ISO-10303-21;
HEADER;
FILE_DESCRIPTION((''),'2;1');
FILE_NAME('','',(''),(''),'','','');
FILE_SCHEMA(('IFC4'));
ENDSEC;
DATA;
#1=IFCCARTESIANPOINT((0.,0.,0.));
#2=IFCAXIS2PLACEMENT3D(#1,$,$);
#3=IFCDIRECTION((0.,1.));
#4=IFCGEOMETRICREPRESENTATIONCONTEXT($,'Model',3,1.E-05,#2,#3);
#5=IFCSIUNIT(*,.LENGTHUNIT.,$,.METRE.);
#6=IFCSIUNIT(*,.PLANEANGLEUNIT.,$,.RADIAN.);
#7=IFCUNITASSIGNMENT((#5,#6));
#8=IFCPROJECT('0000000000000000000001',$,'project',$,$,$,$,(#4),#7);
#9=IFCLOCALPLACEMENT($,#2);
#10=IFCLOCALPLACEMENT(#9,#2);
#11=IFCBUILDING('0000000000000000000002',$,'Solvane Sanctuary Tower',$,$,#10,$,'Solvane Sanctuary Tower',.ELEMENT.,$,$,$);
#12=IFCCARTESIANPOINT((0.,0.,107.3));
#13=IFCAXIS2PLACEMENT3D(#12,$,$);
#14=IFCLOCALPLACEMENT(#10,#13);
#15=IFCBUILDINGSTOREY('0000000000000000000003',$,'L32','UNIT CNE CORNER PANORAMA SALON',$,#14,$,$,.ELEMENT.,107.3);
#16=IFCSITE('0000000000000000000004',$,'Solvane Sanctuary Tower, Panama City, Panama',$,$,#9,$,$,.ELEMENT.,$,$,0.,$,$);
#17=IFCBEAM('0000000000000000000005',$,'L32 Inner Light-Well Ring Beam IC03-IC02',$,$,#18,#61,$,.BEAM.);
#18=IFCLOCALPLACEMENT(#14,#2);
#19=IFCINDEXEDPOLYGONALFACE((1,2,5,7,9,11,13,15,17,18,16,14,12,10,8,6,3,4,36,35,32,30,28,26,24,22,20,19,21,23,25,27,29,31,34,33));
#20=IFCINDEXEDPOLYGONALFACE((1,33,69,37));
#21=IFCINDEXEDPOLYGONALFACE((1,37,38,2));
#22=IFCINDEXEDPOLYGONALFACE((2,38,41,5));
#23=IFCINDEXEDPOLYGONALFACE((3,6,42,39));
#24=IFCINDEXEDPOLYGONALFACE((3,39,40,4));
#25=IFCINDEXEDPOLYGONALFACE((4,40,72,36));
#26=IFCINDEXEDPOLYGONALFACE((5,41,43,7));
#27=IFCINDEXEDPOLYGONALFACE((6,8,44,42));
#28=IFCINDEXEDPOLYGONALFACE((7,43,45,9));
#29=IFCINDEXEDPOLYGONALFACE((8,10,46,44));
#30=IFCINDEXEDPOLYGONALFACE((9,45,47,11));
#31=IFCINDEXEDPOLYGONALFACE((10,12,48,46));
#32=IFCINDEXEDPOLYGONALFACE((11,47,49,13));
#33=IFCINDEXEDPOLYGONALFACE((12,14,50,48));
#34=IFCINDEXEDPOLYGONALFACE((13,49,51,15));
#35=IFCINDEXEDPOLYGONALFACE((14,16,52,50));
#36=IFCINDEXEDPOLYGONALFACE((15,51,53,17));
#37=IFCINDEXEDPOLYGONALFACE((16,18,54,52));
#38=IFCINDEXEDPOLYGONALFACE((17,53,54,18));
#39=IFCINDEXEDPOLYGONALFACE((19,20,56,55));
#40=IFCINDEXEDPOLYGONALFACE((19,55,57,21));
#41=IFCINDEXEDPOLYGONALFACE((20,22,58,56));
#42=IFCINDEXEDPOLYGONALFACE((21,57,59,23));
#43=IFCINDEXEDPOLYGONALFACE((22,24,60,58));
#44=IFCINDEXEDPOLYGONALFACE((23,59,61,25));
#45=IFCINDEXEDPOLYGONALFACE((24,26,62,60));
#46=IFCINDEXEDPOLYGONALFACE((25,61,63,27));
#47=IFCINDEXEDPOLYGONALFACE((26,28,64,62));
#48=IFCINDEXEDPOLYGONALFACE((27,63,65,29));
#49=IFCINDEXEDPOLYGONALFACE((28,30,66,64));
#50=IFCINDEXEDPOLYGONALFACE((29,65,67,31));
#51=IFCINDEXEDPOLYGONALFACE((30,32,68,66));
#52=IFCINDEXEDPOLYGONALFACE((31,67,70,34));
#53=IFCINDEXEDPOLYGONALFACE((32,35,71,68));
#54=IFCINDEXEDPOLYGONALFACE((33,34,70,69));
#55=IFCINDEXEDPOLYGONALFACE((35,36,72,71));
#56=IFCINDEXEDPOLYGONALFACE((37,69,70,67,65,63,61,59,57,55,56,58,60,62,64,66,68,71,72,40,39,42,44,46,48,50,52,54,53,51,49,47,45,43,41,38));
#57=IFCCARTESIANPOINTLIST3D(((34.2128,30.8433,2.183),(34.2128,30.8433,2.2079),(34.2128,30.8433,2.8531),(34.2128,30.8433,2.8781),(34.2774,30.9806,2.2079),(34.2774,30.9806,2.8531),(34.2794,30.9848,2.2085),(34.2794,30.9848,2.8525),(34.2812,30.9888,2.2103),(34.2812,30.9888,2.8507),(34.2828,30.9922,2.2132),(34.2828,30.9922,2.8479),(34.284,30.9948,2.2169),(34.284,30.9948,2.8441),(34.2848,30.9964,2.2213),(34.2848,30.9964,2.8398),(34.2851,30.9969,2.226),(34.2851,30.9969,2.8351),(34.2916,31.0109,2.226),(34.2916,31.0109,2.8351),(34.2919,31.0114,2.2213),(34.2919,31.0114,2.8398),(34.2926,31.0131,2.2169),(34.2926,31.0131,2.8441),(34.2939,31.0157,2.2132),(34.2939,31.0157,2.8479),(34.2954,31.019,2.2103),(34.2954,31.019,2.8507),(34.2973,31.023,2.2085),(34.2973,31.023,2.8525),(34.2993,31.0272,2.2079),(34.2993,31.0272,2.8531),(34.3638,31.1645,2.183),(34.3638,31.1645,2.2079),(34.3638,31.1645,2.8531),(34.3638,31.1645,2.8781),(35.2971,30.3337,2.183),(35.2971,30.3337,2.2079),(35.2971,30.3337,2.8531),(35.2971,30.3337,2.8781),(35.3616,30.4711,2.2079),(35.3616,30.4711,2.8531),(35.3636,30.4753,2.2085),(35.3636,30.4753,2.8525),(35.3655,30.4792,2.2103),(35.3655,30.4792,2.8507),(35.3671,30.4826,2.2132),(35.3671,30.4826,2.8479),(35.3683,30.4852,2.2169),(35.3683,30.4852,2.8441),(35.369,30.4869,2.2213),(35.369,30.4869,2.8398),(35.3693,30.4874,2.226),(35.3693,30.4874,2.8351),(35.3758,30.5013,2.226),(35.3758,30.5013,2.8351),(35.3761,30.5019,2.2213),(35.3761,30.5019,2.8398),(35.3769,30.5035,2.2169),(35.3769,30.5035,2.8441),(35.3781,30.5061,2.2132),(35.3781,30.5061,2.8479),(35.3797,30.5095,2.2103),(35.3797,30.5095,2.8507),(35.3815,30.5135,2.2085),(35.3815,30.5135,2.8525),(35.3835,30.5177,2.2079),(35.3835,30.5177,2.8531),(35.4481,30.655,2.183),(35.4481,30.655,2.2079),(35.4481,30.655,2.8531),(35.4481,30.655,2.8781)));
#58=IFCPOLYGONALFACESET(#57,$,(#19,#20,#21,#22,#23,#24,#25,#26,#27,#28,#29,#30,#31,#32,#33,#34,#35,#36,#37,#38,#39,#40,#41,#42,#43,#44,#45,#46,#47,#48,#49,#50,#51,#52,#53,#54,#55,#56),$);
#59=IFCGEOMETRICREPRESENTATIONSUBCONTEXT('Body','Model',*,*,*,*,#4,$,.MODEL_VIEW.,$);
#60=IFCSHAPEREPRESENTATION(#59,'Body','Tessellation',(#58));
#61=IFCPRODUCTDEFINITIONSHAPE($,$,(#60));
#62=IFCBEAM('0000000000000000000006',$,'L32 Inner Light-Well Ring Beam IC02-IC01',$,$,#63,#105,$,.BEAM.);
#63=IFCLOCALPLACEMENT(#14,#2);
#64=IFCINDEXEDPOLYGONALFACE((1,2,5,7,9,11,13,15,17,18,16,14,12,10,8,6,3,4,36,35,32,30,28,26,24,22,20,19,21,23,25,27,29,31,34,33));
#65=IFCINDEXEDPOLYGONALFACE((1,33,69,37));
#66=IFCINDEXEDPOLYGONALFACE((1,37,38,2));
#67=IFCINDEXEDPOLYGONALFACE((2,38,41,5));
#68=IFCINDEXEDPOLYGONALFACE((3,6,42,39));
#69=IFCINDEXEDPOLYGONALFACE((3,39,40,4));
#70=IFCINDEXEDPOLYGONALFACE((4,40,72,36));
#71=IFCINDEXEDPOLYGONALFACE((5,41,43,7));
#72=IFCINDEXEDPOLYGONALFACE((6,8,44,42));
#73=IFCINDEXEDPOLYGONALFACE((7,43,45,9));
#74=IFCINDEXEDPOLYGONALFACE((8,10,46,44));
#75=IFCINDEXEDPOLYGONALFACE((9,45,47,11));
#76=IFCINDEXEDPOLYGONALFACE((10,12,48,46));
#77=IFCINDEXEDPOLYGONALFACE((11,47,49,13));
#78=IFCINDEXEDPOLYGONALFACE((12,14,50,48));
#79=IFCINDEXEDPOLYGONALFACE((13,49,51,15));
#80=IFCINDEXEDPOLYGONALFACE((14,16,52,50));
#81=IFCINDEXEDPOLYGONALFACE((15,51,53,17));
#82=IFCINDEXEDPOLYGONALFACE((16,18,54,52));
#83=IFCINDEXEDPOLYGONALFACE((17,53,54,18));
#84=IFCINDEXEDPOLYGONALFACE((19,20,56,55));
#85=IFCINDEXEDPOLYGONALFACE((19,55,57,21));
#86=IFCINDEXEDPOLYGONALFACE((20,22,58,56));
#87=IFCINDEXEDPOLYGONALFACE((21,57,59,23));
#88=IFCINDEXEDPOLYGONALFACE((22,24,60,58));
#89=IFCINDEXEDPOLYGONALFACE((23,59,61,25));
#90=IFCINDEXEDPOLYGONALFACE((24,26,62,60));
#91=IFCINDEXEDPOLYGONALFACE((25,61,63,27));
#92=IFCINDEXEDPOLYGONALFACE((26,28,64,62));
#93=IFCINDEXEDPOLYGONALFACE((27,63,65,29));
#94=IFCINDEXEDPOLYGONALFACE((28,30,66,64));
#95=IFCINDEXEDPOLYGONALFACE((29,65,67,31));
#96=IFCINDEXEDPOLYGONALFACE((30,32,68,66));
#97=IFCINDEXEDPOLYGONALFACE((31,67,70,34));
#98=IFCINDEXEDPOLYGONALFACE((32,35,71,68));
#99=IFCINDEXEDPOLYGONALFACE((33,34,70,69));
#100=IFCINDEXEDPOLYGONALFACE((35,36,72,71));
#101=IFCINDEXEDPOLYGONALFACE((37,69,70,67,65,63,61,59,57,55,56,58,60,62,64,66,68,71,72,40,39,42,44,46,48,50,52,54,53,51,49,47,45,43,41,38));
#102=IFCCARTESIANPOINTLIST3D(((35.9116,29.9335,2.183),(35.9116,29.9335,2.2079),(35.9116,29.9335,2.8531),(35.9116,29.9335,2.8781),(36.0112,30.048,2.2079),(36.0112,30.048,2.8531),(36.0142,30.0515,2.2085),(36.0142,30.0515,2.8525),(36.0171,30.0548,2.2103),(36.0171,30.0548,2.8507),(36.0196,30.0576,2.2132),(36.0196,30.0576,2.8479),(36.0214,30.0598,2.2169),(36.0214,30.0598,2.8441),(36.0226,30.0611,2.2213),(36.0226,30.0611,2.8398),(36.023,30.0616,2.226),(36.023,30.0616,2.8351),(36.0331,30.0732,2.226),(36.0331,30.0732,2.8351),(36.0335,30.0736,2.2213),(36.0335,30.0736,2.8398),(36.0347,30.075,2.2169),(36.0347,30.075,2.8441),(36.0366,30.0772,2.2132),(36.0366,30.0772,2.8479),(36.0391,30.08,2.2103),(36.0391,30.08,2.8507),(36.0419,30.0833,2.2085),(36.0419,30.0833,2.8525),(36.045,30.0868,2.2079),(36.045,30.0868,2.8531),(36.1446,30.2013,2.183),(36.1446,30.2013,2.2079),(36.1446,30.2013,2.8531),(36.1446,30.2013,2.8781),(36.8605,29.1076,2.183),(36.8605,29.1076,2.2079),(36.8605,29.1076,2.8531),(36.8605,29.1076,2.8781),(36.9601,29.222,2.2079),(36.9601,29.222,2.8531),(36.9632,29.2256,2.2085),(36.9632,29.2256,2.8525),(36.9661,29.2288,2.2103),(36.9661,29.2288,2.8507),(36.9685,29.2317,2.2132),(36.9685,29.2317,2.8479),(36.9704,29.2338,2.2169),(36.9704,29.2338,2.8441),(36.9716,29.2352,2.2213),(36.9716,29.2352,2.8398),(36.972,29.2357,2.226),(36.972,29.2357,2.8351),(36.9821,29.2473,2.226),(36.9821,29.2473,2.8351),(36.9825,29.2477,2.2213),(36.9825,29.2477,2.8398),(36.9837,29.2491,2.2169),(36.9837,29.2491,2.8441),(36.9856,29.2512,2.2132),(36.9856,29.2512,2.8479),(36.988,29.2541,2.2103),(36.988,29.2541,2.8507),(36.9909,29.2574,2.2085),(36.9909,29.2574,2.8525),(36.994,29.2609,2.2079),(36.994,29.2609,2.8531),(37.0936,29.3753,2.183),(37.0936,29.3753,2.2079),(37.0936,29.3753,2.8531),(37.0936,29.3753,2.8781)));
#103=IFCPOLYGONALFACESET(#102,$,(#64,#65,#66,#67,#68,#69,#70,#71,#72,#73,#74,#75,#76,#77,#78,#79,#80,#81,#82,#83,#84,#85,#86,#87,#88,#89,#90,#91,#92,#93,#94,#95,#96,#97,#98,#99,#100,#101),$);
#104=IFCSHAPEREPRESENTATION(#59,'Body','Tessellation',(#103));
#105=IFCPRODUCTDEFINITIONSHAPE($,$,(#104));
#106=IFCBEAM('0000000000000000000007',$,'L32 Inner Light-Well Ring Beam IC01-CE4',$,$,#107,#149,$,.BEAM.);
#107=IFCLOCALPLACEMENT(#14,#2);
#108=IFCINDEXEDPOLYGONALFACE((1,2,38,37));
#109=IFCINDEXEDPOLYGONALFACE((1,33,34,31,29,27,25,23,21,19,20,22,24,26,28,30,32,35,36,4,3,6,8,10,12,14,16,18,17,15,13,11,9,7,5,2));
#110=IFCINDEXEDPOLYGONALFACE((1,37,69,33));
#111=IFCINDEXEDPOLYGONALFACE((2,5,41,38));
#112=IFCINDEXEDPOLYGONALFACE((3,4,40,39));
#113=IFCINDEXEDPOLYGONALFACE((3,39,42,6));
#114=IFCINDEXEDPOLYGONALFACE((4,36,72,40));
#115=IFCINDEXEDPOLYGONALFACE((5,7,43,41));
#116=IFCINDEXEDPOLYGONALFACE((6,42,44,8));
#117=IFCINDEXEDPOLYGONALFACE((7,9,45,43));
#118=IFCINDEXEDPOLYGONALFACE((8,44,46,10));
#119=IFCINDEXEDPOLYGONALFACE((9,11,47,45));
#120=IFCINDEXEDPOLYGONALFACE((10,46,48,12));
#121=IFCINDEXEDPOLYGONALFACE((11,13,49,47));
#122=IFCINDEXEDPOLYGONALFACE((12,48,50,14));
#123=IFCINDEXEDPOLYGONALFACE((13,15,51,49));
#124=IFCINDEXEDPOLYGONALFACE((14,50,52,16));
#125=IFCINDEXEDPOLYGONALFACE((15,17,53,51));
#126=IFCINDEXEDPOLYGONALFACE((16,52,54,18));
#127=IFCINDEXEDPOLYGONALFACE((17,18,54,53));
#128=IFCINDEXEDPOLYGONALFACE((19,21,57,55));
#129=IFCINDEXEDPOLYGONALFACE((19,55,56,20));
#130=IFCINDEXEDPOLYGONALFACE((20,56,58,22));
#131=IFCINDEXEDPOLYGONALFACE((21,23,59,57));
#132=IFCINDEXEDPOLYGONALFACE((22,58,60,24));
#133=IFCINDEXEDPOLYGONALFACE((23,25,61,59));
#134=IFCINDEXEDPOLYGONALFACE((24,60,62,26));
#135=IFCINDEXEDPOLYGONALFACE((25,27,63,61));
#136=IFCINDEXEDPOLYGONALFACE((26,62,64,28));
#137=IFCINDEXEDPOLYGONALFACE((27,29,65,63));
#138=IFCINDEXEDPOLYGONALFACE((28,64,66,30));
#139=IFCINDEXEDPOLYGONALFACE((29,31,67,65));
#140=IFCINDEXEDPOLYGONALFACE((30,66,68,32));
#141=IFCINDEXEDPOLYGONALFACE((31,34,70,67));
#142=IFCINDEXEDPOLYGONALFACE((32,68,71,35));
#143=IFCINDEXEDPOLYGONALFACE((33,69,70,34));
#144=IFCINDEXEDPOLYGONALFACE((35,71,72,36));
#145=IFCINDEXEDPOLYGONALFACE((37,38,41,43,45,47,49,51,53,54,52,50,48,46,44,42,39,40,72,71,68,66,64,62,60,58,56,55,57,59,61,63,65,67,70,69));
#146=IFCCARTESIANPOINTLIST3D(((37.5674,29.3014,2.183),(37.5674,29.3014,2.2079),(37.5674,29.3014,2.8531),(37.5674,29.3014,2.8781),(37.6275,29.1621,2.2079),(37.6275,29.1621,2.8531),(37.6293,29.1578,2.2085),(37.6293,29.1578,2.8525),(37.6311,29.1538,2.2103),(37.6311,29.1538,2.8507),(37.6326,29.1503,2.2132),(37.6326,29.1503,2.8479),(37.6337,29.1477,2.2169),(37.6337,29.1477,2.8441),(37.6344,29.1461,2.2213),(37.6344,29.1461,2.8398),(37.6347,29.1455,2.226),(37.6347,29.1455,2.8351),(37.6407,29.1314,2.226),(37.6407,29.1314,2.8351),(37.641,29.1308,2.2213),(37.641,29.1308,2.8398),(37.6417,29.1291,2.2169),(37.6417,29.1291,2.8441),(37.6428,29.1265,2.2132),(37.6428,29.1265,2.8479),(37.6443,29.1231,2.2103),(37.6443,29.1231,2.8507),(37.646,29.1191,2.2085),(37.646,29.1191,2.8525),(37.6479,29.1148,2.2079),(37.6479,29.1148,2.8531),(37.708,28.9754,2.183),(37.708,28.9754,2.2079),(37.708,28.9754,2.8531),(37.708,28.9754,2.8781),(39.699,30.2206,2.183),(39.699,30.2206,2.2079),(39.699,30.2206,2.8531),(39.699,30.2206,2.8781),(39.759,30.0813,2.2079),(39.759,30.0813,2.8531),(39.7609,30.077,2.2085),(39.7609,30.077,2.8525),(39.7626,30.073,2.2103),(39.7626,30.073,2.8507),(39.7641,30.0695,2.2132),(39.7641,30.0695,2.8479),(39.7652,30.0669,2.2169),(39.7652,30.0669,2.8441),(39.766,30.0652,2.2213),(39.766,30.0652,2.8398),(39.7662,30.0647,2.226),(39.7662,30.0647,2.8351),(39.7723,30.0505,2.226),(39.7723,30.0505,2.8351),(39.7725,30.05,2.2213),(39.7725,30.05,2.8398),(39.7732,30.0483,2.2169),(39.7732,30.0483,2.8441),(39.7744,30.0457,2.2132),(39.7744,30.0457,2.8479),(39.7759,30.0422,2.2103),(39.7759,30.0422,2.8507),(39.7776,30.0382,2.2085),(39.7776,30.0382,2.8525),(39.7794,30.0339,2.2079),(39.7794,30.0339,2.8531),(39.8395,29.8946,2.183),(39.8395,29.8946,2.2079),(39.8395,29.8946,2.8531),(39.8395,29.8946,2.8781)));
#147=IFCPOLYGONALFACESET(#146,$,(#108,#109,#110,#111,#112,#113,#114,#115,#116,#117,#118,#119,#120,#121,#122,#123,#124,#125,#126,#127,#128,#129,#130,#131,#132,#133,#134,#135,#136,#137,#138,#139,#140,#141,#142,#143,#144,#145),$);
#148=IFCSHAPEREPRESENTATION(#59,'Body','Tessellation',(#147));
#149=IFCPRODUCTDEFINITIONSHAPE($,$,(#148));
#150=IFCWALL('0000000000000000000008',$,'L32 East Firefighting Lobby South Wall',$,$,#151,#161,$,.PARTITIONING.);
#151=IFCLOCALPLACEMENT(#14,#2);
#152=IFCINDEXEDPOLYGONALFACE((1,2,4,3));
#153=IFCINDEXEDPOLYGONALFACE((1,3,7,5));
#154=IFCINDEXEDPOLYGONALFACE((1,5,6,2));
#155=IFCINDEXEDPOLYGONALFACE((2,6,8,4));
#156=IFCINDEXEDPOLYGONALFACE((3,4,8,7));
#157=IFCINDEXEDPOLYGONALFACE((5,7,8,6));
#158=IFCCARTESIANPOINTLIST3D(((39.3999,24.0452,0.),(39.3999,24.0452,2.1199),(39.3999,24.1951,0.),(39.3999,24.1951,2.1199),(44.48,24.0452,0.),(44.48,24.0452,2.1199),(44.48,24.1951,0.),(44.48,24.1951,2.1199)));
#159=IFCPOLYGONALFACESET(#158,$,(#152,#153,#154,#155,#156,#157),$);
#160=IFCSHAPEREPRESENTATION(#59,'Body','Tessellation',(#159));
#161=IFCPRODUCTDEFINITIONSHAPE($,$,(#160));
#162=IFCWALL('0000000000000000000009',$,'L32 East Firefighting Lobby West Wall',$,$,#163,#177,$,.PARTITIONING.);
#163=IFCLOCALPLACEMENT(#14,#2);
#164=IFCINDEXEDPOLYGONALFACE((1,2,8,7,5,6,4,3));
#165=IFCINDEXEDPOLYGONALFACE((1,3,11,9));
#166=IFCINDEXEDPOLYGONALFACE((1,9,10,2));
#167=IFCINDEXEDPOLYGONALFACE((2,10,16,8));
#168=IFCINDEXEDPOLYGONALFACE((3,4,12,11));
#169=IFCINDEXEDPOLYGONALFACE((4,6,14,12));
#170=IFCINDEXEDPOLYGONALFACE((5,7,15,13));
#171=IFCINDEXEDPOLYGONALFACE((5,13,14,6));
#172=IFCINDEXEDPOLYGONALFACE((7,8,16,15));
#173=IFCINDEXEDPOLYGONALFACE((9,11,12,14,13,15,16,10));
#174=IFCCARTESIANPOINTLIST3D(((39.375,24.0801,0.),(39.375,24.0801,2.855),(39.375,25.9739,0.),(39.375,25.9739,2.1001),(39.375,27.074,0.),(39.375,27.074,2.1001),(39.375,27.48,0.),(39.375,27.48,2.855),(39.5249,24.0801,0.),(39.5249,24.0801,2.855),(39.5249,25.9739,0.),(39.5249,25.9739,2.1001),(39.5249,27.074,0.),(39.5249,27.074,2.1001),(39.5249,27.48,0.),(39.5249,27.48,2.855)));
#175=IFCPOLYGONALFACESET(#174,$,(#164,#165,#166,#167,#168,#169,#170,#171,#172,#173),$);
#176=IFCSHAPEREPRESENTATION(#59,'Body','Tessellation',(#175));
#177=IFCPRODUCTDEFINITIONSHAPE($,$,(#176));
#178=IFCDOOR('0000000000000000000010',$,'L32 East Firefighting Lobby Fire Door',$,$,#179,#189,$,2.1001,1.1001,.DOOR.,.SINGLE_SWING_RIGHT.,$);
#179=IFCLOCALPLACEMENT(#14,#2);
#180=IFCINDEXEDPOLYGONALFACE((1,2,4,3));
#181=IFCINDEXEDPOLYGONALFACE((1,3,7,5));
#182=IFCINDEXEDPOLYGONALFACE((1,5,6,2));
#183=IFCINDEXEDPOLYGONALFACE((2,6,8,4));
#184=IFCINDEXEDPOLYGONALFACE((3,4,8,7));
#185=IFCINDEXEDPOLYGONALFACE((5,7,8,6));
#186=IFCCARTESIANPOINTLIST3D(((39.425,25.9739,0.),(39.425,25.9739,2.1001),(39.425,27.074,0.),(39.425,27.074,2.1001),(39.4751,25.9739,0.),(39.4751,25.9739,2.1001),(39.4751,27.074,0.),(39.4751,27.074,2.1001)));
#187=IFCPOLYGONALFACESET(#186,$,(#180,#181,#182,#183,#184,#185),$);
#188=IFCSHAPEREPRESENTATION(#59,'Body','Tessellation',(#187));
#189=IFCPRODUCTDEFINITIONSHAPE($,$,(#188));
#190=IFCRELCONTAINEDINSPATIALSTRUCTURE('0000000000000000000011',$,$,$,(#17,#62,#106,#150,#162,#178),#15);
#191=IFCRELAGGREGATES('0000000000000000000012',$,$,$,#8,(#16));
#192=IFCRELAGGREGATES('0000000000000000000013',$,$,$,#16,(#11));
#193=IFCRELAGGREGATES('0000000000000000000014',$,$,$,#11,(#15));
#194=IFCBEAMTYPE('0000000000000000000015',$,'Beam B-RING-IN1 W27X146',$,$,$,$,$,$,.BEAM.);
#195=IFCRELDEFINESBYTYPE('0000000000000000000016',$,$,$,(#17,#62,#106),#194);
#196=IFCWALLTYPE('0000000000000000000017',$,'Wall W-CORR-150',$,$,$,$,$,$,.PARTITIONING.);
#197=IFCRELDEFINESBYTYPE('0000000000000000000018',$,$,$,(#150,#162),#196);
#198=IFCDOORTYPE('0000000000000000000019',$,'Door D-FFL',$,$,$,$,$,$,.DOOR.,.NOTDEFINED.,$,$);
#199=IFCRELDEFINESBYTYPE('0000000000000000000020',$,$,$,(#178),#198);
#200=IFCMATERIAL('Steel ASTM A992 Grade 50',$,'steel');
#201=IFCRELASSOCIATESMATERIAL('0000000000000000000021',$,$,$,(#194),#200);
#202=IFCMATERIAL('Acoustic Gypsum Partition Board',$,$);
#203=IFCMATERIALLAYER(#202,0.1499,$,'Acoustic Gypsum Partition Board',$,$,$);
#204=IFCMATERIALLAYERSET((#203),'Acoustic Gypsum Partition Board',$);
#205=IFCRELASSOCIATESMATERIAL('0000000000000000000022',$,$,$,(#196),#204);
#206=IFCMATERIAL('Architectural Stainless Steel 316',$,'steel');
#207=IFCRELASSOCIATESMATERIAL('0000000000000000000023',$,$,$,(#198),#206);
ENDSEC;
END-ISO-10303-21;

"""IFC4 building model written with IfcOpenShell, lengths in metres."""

from ifc_helpers import new_model, si_unit, direction, frame, frame_2d, origin, origin_2d, place, context, subcontext, project, spatial, rectangle, i_section, extrude, material, layer, layer_set, material_profile, profile_set, type_object, element, fill, save


model = new_model("IFC4")

# Units and contexts
model_context = context("Model", 3, precision=1e-05, world=origin(), true_north=direction((0.0, 1.0)))
body_context = subcontext(model_context, "Body", "Model", "MODEL_VIEW")
ifc_project = project(units=[si_unit("LENGTHUNIT", "METRE"), si_unit("PLANEANGLEUNIT", "RADIAN")], contexts=[model_context])

# Site, building, storey
site_placement = place(None, origin())
site = spatial("IfcSite", under=ifc_project, at=site_placement, Name="Solvane Sanctuary Tower, Panama City, Panama", CompositionType="ELEMENT", RefElevation=0.0)
building_placement = place(site_placement, origin())
building = spatial("IfcBuilding", under=site, at=building_placement, Name="Solvane Sanctuary Tower", LongName="Solvane Sanctuary Tower", CompositionType="ELEMENT")
storey_placement = place(building_placement, frame((0.0, 0.0, 107.3)))
storey = spatial("IfcBuildingStorey", under=building, at=storey_placement, Name="L32", Description="UNIT CNE CORNER PANORAMA SALON", CompositionType="ELEMENT", Elevation=107.3)

# Beams
ifc_material_1 = material(Name="Steel ASTM A992 Grade 50", Category="steel")
ifc_material_profile_1 = material_profile(ifc_material_1, i_section(OverallWidth=0.355, OverallDepth=0.6951, WebThickness=0.0154, FlangeThickness=0.0249, FilletRadius=0.0181, at=origin_2d()), Name="W27X146")
ifc_profile_set_1 = profile_set([ifc_material_profile_1], Name="Steel ASTM A992 Grade 50")
beam_type_1 = type_object("IfcBeamType", Name="Beam B-RING-IN1 W27X146", PredefinedType="BEAM", material=ifc_profile_set_1)
beam_1_placement = place(storey_placement, frame((34.2883, 31.0039, 2.5305), z_axis=(0.905045, -0.425316, 0.0), x_axis=(0.425316, 0.905045, 0.0)))
element("IfcBeam", 1, at=beam_1_placement, inside=storey, type_object=beam_type_1, Name="L32 Inner Light-Well Ring Beam IC03-IC02", PredefinedType="BEAM", context=body_context, shape_type="SweptSolid", body=[
    extrude(i_section(OverallWidth=0.355, OverallDepth=0.6951, WebThickness=0.0154, FlangeThickness=0.0249, FilletRadius=0.0181, at=origin_2d()), origin(), (0.0, 0.0, 1.0), 1.198),
])
beam_2_placement = place(storey_placement, frame((36.0281, 30.0674, 2.5305), z_axis=(0.754317, -0.65651, 0.0), x_axis=(0.65651, 0.754317, 0.0)))
element("IfcBeam", 2, at=beam_2_placement, inside=storey, type_object=beam_type_1, Name="L32 Inner Light-Well Ring Beam IC02-IC01", PredefinedType="BEAM", context=body_context, shape_type="SweptSolid", body=[
    extrude(i_section(OverallWidth=0.355, OverallDepth=0.6951, WebThickness=0.0154, FlangeThickness=0.0249, FilletRadius=0.0181, at=origin_2d()), origin(), (0.0, 0.0, 1.0), 1.2581),
])
beam_3_placement = place(storey_placement, frame((37.6377, 29.1384, 2.5305), z_axis=(0.918261, 0.395975, 0.0), x_axis=(-0.395975, 0.918261, 0.0)))
element("IfcBeam", 3, at=beam_3_placement, inside=storey, type_object=beam_type_1, Name="L32 Inner Light-Well Ring Beam IC01-CE4", PredefinedType="BEAM", context=body_context, shape_type="SweptSolid", body=[
    extrude(i_section(OverallWidth=0.355, OverallDepth=0.6951, WebThickness=0.0154, FlangeThickness=0.0249, FilletRadius=0.0181, at=origin_2d()), origin(), (0.0, 0.0, 1.0), 2.3213),
])

# Wall
ifc_material_2 = material(Name="Acoustic Gypsum Partition Board")
ifc_layer_1 = layer(ifc_material_2, 0.1499, Name="Acoustic Gypsum Partition Board")
ifc_layer_set_1 = layer_set([ifc_layer_1], Name="Acoustic Gypsum Partition Board")
wall_type_1 = type_object("IfcWallType", Name="Wall W-CORR-150", PredefinedType="PARTITIONING", material=ifc_layer_set_1)
wall_1_placement = place(storey_placement, frame((39.3999, 24.1201, 0.0), z_axis=(0.0, 0.0, 1.0), x_axis=(1.0, 0.0, 0.0)))
element("IfcWall", 4, at=wall_1_placement, inside=storey, type_object=wall_type_1, Name="L32 East Firefighting Lobby South Wall", PredefinedType="PARTITIONING", context=body_context, shape_type="SweptSolid", body=[
    extrude(rectangle(XDim=5.0801, YDim=0.1499, at=frame_2d((2.54, 0.0))), origin(), (0.0, 0.0, 1.0), 2.1199),
])

# Wall, opening, door
wall_2_placement = place(storey_placement, frame((39.45, 24.0801, 0.0), z_axis=(0.0, 0.0, 1.0), x_axis=(0.0, 1.0, 0.0)))
wall_2 = element("IfcWall", 5, at=wall_2_placement, inside=storey, type_object=wall_type_1, Name="L32 East Firefighting Lobby West Wall", PredefinedType="PARTITIONING", context=body_context, shape_type="SweptSolid", body=[
    extrude(rectangle(XDim=3.3999, YDim=0.1499, at=frame_2d((1.7, 0.0))), origin(), (0.0, 0.0, 1.0), 2.855),
])
opening_1_placement = place(wall_2_placement, frame((1.8938, 0.0, 0.0)))
opening_1 = element("IfcOpeningElement", 6, at=opening_1_placement, cuts=wall_2, PredefinedType="OPENING", context=body_context, shape_type="SweptSolid", body=[
    extrude(rectangle(XDim=1.1001, YDim=2.1001, at=frame_2d((0.55, 1.05))), frame((0.0, 0.085, 0.0), z_axis=(0.0, -1.0, 0.0), x_axis=(1.0, 0.0, 0.0)), (0.0, 0.0, 1.0), 0.1699),
])
ifc_material_3 = material(Name="Architectural Stainless Steel 316", Category="steel")
door_type = type_object("IfcDoorType", Name="Door D-FFL", OperationType="NOTDEFINED", PredefinedType="DOOR", material=ifc_material_3)
door_placement = place(opening_1_placement, origin())
door = element("IfcDoor", 7, at=door_placement, inside=storey, type_object=door_type, Name="L32 East Firefighting Lobby Fire Door", OperationType="SINGLE_SWING_RIGHT", OverallHeight=2.1001, OverallWidth=1.1001, PredefinedType="DOOR", context=body_context, shape_type="SweptSolid", body=[
    extrude(rectangle(XDim=1.1001, YDim=2.1001, at=frame_2d((0.55, 1.05))), frame((0.0, 0.0249, 0.0), z_axis=(0.0, -1.0, 0.0), x_axis=(1.0, 0.0, 0.0)), (0.0, 0.0, 1.0), 0.05),
])
fill(opening_1, door)

save(model, "model.ifc")
